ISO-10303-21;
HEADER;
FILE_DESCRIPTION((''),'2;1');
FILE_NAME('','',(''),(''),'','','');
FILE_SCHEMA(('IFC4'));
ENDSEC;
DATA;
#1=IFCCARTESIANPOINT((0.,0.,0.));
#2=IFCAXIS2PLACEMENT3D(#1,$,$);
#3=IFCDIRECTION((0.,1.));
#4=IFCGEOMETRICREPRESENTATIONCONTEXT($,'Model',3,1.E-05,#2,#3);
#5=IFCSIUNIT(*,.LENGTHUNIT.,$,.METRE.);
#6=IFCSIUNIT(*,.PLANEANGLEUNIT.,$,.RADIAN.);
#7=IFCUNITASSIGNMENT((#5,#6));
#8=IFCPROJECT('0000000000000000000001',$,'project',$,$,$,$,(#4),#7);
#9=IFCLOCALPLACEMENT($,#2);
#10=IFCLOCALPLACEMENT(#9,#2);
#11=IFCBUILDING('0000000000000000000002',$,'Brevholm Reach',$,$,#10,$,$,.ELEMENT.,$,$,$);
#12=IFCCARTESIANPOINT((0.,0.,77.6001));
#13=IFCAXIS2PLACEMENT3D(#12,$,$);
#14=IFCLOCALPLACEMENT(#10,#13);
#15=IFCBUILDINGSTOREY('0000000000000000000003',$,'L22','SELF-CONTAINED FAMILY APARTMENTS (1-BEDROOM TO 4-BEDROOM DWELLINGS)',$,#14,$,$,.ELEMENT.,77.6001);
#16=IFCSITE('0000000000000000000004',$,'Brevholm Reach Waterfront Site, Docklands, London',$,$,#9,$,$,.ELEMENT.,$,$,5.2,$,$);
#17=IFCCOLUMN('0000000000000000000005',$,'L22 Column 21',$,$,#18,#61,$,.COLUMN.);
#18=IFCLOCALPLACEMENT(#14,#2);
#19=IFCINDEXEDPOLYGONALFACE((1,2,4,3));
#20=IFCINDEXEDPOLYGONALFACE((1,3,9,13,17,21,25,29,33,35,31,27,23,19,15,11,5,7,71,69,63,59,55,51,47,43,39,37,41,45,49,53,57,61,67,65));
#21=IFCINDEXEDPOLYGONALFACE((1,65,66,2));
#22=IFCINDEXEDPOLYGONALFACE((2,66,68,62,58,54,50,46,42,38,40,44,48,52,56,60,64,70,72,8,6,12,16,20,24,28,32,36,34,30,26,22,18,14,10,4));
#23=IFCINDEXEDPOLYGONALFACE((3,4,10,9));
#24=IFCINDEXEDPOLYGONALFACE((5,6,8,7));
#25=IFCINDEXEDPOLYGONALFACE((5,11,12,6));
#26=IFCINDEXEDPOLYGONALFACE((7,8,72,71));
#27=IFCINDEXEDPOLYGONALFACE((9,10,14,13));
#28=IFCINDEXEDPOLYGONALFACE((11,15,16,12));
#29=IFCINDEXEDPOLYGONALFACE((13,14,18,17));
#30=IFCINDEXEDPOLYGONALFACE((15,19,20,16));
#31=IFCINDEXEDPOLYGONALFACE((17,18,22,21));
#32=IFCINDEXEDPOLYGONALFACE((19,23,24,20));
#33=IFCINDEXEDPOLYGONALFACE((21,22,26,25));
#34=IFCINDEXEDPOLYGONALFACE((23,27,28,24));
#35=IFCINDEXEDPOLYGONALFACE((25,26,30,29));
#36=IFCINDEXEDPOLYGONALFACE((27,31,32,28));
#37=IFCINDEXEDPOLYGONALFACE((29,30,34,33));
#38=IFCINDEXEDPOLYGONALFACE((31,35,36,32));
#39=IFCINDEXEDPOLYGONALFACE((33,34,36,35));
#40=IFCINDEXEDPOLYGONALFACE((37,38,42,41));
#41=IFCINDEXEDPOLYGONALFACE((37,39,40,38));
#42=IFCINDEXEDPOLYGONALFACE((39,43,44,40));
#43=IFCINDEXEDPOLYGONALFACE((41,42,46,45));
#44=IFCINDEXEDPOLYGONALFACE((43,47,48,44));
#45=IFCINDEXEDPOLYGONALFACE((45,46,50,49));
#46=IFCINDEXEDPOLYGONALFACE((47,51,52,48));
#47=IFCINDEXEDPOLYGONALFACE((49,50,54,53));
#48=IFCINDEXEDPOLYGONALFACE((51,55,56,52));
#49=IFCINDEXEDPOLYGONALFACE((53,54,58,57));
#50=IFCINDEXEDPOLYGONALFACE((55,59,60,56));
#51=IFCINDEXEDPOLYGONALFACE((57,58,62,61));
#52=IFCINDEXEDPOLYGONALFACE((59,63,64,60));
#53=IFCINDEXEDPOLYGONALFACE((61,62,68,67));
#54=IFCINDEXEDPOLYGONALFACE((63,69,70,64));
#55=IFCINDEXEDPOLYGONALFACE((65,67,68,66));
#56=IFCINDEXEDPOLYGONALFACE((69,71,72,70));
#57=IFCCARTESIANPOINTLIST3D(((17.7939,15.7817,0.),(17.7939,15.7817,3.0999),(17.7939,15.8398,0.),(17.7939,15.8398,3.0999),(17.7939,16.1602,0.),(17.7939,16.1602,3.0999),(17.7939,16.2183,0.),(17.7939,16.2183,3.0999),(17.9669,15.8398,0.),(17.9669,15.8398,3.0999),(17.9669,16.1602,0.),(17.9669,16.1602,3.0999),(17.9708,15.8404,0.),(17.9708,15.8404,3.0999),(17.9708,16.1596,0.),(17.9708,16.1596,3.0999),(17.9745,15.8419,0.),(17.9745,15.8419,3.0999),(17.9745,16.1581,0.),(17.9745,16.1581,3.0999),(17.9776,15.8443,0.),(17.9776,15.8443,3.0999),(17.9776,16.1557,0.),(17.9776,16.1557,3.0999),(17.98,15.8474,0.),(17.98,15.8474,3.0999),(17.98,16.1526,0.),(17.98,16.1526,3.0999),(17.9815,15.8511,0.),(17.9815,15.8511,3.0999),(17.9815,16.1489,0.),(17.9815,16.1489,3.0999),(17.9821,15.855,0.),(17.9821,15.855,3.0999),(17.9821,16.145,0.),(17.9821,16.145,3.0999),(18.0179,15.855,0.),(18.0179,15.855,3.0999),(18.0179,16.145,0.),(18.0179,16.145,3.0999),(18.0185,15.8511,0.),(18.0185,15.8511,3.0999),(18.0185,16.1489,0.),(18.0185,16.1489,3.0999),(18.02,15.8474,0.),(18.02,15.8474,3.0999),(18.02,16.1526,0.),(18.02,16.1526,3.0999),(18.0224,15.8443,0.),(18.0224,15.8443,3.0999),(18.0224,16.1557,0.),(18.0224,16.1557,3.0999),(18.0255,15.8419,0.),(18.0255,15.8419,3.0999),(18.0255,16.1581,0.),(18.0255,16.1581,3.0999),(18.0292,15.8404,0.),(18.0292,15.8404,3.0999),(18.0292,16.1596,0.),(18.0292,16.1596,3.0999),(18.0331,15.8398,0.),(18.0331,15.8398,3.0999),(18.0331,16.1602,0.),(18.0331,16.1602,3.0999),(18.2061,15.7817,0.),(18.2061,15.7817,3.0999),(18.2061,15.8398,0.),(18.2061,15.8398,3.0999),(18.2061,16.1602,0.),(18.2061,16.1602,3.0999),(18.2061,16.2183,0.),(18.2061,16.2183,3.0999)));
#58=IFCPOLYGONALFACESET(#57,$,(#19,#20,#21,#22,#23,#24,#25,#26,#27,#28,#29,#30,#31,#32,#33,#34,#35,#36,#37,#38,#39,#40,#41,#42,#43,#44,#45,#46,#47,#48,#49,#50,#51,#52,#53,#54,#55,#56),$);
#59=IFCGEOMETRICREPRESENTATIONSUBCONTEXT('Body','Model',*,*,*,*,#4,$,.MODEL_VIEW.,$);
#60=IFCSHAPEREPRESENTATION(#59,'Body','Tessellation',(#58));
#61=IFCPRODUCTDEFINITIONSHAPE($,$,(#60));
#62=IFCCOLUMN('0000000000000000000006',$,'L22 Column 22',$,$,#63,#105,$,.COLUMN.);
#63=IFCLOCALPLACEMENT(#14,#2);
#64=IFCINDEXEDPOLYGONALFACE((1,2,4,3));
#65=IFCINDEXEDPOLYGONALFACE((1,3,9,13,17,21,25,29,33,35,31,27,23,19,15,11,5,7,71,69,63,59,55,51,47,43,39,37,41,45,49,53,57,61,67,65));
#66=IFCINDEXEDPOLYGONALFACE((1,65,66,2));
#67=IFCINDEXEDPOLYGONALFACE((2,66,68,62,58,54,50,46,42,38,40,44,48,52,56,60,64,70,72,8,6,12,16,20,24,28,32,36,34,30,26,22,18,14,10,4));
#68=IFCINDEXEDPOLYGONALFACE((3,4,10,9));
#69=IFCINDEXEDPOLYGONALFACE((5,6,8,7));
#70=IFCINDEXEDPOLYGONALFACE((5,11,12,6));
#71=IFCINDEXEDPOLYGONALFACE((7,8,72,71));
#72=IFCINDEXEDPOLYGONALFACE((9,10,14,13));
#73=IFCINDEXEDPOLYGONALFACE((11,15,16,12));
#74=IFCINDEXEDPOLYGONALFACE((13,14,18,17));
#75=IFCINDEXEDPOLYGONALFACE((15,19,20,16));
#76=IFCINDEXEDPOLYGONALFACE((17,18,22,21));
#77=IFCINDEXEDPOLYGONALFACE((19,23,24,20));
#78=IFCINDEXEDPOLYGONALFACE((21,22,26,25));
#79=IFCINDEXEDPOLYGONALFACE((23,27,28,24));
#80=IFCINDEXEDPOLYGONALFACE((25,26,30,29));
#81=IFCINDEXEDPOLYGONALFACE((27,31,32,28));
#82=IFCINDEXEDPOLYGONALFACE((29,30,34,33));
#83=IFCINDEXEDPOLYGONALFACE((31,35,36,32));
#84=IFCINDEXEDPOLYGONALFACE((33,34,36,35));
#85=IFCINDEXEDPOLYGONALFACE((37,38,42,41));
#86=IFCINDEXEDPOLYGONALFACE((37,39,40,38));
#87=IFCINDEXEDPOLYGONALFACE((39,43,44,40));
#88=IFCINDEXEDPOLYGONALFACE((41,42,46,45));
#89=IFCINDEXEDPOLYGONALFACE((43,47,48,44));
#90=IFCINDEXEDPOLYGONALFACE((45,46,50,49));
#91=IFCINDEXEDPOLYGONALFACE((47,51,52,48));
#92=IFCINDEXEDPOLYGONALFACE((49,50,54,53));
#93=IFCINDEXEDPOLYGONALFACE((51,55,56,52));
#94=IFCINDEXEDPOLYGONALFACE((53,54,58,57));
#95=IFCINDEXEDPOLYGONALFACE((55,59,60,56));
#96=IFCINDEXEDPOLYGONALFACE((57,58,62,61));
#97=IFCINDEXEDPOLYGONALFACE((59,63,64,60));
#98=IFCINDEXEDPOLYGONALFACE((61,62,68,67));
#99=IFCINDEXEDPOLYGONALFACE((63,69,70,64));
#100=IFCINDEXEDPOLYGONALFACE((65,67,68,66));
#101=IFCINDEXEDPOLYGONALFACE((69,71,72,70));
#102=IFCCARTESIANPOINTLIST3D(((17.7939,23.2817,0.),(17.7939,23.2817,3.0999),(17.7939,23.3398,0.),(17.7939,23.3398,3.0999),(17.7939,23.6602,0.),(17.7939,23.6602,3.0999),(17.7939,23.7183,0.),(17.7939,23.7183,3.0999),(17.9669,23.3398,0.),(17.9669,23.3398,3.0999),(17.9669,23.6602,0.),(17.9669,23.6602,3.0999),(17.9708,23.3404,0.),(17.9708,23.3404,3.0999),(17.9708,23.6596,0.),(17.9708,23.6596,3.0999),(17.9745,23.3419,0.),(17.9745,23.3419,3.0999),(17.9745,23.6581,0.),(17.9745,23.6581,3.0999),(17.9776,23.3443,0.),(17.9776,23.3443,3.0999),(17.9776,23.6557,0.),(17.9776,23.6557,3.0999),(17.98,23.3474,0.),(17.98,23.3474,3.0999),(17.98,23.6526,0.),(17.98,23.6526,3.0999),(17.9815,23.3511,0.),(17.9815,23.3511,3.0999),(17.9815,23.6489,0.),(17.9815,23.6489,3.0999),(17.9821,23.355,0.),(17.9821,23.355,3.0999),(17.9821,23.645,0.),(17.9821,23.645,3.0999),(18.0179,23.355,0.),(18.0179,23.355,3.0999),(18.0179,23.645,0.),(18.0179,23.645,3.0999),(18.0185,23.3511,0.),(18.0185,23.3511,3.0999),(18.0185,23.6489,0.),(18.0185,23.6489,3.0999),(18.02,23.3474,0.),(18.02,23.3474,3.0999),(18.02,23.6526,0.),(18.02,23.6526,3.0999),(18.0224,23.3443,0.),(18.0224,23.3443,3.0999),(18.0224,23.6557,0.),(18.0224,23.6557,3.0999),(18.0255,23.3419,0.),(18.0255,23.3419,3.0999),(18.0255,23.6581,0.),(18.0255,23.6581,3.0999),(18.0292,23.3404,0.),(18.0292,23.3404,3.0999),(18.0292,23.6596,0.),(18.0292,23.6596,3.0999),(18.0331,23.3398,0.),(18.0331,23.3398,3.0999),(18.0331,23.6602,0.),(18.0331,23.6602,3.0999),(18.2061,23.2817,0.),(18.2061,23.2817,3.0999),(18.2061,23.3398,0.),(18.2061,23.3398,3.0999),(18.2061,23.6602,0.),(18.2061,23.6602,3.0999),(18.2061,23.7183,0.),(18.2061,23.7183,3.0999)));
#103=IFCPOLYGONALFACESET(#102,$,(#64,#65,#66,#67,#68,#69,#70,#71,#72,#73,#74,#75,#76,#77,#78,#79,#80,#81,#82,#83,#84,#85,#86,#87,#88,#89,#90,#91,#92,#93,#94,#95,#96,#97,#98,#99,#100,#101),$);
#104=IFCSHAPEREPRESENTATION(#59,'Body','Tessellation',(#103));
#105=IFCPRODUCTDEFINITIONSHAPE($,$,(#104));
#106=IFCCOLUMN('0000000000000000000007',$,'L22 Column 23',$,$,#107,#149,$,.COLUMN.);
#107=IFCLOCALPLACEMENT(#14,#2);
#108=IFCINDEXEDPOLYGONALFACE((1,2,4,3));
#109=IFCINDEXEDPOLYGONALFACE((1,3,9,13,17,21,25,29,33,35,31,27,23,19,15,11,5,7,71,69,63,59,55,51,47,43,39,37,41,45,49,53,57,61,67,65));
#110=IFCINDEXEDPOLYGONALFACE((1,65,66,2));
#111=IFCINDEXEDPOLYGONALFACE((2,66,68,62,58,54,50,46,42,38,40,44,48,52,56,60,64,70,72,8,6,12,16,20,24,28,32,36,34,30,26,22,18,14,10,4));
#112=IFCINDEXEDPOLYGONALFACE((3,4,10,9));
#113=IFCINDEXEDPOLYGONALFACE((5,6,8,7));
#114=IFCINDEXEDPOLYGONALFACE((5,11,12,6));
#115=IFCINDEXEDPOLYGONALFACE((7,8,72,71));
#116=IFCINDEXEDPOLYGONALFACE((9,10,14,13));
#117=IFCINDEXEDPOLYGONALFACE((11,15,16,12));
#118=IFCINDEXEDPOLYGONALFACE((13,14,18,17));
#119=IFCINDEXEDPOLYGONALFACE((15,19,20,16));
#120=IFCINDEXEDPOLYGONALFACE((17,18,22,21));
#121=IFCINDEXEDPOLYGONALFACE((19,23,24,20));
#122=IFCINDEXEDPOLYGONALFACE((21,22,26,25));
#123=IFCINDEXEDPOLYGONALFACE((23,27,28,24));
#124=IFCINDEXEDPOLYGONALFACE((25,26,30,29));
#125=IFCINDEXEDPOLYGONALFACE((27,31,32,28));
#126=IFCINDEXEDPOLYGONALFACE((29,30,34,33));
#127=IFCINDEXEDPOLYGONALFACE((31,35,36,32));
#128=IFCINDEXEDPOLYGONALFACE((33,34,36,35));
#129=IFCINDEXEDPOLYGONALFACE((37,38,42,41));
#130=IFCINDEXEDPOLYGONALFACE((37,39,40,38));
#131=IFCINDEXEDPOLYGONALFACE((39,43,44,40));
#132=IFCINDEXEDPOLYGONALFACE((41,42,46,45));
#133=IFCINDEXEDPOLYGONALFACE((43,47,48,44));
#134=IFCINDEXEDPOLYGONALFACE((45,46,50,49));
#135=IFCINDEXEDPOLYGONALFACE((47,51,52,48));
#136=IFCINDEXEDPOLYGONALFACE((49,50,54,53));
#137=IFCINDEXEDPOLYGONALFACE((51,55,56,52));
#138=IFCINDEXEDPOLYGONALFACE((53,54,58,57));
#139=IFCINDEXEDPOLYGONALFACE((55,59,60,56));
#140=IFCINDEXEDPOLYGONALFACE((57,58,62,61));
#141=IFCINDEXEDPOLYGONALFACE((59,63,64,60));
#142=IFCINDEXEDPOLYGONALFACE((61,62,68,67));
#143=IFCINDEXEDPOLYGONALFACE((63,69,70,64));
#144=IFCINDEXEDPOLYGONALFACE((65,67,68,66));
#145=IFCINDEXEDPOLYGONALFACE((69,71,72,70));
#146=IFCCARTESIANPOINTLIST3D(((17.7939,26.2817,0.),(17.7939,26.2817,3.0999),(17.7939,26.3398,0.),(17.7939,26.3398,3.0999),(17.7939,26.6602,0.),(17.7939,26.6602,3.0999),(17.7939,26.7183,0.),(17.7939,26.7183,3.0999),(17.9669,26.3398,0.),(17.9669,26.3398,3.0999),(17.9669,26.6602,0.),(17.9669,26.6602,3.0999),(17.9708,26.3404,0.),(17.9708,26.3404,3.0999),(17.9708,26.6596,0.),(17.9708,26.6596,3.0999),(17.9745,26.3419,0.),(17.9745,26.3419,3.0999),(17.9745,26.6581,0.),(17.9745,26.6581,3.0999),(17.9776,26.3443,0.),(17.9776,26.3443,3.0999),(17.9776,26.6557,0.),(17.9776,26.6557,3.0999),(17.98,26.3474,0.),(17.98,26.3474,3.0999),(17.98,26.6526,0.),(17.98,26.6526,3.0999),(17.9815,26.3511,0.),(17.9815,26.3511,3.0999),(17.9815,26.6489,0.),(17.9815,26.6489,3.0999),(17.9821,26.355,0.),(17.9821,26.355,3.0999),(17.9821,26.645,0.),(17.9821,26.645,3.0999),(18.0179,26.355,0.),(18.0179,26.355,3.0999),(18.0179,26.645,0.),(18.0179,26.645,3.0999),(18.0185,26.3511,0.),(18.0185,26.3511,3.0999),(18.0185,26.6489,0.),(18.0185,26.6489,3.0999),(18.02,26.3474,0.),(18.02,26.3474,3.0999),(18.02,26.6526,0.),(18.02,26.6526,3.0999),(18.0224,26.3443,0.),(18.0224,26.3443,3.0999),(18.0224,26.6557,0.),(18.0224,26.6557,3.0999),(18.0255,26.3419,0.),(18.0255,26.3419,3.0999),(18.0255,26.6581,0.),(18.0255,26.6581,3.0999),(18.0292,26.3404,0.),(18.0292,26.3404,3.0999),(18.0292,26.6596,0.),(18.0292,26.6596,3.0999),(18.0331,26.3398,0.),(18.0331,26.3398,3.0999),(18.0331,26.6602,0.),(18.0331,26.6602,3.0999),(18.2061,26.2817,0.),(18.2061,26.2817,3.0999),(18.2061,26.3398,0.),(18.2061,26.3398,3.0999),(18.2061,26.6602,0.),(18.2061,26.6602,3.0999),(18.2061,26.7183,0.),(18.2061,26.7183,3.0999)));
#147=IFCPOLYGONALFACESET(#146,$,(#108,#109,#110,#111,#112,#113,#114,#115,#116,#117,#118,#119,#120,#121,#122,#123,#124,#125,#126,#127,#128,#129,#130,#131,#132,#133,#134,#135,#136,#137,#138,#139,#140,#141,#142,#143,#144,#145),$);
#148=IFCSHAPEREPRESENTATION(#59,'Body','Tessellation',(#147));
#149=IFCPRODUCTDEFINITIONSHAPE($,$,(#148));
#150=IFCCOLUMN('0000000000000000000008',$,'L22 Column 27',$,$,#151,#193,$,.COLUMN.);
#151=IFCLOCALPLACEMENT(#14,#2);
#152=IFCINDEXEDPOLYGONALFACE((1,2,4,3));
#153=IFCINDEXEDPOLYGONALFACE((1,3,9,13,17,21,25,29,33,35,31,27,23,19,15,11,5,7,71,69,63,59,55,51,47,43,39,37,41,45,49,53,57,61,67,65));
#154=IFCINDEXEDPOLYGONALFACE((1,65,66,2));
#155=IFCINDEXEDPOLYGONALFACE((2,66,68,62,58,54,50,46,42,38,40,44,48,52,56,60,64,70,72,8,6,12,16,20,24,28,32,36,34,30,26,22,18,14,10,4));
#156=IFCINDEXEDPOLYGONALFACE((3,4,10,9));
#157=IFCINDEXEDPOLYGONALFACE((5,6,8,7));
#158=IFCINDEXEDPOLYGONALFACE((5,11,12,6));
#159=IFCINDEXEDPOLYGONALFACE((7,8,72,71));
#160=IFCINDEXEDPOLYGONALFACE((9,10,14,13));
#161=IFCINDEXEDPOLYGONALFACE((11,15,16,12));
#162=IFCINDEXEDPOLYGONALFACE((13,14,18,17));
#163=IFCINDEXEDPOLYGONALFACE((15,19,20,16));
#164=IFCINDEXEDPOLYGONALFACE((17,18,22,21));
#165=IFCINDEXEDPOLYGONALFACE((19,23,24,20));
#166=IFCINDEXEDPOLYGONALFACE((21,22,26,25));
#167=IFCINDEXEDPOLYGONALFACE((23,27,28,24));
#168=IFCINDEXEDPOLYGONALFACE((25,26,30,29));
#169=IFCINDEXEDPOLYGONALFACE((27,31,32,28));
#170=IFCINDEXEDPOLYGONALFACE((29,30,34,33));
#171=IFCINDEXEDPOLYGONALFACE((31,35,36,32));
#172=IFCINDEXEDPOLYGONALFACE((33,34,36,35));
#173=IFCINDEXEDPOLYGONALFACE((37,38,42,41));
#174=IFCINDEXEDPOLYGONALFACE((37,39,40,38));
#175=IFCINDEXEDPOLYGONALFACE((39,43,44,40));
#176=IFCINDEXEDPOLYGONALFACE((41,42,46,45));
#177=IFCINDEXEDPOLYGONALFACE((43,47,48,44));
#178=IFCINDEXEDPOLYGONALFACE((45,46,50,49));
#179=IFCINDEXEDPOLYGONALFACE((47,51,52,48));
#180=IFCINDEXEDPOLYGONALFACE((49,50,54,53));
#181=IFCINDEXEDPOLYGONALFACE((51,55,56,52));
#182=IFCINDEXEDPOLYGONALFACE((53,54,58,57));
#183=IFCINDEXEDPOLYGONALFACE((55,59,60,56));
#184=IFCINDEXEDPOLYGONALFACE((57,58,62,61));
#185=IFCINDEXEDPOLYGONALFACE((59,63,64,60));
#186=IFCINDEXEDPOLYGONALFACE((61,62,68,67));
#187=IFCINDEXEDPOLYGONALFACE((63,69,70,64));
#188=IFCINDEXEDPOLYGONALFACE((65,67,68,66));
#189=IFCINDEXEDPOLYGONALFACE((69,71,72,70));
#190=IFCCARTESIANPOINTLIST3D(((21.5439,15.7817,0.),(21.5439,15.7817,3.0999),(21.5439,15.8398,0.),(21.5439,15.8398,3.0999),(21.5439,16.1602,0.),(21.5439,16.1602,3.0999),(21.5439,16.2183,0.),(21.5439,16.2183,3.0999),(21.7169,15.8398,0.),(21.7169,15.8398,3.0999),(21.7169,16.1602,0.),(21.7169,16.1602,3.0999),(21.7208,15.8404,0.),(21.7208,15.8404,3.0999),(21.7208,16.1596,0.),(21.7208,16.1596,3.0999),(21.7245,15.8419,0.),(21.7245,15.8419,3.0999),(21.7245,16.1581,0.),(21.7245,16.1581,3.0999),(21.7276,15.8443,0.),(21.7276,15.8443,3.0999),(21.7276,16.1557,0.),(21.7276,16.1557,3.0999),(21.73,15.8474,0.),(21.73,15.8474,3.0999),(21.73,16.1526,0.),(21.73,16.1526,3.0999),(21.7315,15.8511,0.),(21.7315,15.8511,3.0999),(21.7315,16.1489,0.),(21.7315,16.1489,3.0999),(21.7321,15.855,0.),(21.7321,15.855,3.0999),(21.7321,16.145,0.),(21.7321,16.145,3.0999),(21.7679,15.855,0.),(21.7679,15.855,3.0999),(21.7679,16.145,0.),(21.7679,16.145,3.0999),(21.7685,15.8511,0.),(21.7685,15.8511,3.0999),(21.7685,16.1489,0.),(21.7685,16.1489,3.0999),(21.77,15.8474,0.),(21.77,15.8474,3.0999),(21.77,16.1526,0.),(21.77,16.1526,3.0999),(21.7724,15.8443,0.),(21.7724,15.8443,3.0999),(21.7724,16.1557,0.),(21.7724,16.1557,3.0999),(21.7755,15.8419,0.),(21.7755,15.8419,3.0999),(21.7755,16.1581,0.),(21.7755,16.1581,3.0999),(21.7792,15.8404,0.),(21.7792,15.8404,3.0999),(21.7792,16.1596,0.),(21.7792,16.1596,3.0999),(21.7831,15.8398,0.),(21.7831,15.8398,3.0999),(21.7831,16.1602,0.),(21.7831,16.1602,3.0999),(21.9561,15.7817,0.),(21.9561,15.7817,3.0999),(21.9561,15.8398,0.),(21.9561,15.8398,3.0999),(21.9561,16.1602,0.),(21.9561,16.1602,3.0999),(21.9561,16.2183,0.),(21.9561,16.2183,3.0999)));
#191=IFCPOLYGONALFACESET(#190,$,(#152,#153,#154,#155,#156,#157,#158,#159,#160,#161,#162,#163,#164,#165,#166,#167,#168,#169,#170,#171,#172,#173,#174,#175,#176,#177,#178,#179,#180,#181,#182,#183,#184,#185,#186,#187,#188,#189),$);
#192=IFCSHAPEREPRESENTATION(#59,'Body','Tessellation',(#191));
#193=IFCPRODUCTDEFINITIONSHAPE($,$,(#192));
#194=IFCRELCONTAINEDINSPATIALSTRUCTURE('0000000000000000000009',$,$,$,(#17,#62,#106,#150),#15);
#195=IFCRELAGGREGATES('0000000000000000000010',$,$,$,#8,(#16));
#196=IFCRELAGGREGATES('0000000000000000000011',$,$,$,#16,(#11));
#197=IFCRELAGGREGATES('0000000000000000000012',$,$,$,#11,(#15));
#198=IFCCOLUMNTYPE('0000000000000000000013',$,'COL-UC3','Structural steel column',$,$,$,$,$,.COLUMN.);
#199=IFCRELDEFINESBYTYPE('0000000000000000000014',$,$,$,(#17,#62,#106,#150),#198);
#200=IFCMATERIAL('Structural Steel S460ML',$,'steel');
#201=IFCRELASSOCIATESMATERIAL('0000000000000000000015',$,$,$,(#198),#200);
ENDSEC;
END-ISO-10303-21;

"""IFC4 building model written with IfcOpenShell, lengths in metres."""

from ifc_helpers import new_model, si_unit, direction, frame, origin, origin_2d, place, context, subcontext, project, spatial, i_section, extrude, material, material_profile, profile_set, type_object, element, save


model = new_model("IFC4")

# Units and contexts
model_context = context("Model", 3, precision=1e-05, world=origin(), true_north=direction((0.0, 1.0)))
body_context = subcontext(model_context, "Body", "Model", "MODEL_VIEW")
ifc_project = project(units=[si_unit("LENGTHUNIT", "METRE"), si_unit("PLANEANGLEUNIT", "RADIAN")], contexts=[model_context])

# Site, building, storey
site_placement = place(None, origin())
site = spatial("IfcSite", under=ifc_project, at=site_placement, Name="Brevholm Reach Waterfront Site, Docklands, London", CompositionType="ELEMENT", RefElevation=5.2)
building_placement = place(site_placement, origin())
building = spatial("IfcBuilding", under=site, at=building_placement, Name="Brevholm Reach", CompositionType="ELEMENT")
storey_placement = place(building_placement, frame((0.0, 0.0, 77.6001)))
storey = spatial("IfcBuildingStorey", under=building, at=storey_placement, Name="L22", Description="SELF-CONTAINED FAMILY APARTMENTS (1-BEDROOM TO 4-BEDROOM DWELLINGS)", CompositionType="ELEMENT", Elevation=77.6001)

# Columns
ifc_material_1 = material(Name="Structural Steel S460ML", Category="steel")
ifc_material_profile_1 = material_profile(ifc_material_1, i_section(OverallWidth=0.4121, OverallDepth=0.4365, WebThickness=0.0359, FlangeThickness=0.0581, FilletRadius=0.0151, at=origin_2d()), Name="UKC 356x406x467")
ifc_profile_set_1 = profile_set([ifc_material_profile_1], Name="Structural Steel S460ML")
column_type = type_object("IfcColumnType", Name="COL-UC3", Description="Structural steel column", PredefinedType="COLUMN", material=ifc_profile_set_1)
for number, where, z_axis, x_axis, name in (
    (1, (18.0, 16.0, 0.0), (0.0, 0.0, 1.0), (1.0, 0.0, 0.0), "L22 Column 21"),
    (2, (18.0, 23.5, 0.0), (0.0, 0.0, 1.0), (1.0, 0.0, 0.0), "L22 Column 22"),
    (3, (18.0, 26.5, 0.0), (0.0, 0.0, 1.0), (1.0, 0.0, 0.0), "L22 Column 23"),
    (4, (21.75, 16.0, 0.0), (0.0, 0.0, 1.0), (1.0, 0.0, 0.0), "L22 Column 27"),
):
    element("IfcColumn", number, at=place(storey_placement, frame(where, z_axis=z_axis, x_axis=x_axis)), inside=storey, type_object=column_type, Name=name, PredefinedType="COLUMN", context=body_context, shape_type="SweptSolid", body=[
        extrude(i_section(OverallWidth=0.4121, OverallDepth=0.4365, WebThickness=0.0359, FlangeThickness=0.0581, FilletRadius=0.0151, at=origin_2d()), origin(), (0.0, 0.0, 1.0), 3.0999),
    ])

save(model, "model.ifc")
